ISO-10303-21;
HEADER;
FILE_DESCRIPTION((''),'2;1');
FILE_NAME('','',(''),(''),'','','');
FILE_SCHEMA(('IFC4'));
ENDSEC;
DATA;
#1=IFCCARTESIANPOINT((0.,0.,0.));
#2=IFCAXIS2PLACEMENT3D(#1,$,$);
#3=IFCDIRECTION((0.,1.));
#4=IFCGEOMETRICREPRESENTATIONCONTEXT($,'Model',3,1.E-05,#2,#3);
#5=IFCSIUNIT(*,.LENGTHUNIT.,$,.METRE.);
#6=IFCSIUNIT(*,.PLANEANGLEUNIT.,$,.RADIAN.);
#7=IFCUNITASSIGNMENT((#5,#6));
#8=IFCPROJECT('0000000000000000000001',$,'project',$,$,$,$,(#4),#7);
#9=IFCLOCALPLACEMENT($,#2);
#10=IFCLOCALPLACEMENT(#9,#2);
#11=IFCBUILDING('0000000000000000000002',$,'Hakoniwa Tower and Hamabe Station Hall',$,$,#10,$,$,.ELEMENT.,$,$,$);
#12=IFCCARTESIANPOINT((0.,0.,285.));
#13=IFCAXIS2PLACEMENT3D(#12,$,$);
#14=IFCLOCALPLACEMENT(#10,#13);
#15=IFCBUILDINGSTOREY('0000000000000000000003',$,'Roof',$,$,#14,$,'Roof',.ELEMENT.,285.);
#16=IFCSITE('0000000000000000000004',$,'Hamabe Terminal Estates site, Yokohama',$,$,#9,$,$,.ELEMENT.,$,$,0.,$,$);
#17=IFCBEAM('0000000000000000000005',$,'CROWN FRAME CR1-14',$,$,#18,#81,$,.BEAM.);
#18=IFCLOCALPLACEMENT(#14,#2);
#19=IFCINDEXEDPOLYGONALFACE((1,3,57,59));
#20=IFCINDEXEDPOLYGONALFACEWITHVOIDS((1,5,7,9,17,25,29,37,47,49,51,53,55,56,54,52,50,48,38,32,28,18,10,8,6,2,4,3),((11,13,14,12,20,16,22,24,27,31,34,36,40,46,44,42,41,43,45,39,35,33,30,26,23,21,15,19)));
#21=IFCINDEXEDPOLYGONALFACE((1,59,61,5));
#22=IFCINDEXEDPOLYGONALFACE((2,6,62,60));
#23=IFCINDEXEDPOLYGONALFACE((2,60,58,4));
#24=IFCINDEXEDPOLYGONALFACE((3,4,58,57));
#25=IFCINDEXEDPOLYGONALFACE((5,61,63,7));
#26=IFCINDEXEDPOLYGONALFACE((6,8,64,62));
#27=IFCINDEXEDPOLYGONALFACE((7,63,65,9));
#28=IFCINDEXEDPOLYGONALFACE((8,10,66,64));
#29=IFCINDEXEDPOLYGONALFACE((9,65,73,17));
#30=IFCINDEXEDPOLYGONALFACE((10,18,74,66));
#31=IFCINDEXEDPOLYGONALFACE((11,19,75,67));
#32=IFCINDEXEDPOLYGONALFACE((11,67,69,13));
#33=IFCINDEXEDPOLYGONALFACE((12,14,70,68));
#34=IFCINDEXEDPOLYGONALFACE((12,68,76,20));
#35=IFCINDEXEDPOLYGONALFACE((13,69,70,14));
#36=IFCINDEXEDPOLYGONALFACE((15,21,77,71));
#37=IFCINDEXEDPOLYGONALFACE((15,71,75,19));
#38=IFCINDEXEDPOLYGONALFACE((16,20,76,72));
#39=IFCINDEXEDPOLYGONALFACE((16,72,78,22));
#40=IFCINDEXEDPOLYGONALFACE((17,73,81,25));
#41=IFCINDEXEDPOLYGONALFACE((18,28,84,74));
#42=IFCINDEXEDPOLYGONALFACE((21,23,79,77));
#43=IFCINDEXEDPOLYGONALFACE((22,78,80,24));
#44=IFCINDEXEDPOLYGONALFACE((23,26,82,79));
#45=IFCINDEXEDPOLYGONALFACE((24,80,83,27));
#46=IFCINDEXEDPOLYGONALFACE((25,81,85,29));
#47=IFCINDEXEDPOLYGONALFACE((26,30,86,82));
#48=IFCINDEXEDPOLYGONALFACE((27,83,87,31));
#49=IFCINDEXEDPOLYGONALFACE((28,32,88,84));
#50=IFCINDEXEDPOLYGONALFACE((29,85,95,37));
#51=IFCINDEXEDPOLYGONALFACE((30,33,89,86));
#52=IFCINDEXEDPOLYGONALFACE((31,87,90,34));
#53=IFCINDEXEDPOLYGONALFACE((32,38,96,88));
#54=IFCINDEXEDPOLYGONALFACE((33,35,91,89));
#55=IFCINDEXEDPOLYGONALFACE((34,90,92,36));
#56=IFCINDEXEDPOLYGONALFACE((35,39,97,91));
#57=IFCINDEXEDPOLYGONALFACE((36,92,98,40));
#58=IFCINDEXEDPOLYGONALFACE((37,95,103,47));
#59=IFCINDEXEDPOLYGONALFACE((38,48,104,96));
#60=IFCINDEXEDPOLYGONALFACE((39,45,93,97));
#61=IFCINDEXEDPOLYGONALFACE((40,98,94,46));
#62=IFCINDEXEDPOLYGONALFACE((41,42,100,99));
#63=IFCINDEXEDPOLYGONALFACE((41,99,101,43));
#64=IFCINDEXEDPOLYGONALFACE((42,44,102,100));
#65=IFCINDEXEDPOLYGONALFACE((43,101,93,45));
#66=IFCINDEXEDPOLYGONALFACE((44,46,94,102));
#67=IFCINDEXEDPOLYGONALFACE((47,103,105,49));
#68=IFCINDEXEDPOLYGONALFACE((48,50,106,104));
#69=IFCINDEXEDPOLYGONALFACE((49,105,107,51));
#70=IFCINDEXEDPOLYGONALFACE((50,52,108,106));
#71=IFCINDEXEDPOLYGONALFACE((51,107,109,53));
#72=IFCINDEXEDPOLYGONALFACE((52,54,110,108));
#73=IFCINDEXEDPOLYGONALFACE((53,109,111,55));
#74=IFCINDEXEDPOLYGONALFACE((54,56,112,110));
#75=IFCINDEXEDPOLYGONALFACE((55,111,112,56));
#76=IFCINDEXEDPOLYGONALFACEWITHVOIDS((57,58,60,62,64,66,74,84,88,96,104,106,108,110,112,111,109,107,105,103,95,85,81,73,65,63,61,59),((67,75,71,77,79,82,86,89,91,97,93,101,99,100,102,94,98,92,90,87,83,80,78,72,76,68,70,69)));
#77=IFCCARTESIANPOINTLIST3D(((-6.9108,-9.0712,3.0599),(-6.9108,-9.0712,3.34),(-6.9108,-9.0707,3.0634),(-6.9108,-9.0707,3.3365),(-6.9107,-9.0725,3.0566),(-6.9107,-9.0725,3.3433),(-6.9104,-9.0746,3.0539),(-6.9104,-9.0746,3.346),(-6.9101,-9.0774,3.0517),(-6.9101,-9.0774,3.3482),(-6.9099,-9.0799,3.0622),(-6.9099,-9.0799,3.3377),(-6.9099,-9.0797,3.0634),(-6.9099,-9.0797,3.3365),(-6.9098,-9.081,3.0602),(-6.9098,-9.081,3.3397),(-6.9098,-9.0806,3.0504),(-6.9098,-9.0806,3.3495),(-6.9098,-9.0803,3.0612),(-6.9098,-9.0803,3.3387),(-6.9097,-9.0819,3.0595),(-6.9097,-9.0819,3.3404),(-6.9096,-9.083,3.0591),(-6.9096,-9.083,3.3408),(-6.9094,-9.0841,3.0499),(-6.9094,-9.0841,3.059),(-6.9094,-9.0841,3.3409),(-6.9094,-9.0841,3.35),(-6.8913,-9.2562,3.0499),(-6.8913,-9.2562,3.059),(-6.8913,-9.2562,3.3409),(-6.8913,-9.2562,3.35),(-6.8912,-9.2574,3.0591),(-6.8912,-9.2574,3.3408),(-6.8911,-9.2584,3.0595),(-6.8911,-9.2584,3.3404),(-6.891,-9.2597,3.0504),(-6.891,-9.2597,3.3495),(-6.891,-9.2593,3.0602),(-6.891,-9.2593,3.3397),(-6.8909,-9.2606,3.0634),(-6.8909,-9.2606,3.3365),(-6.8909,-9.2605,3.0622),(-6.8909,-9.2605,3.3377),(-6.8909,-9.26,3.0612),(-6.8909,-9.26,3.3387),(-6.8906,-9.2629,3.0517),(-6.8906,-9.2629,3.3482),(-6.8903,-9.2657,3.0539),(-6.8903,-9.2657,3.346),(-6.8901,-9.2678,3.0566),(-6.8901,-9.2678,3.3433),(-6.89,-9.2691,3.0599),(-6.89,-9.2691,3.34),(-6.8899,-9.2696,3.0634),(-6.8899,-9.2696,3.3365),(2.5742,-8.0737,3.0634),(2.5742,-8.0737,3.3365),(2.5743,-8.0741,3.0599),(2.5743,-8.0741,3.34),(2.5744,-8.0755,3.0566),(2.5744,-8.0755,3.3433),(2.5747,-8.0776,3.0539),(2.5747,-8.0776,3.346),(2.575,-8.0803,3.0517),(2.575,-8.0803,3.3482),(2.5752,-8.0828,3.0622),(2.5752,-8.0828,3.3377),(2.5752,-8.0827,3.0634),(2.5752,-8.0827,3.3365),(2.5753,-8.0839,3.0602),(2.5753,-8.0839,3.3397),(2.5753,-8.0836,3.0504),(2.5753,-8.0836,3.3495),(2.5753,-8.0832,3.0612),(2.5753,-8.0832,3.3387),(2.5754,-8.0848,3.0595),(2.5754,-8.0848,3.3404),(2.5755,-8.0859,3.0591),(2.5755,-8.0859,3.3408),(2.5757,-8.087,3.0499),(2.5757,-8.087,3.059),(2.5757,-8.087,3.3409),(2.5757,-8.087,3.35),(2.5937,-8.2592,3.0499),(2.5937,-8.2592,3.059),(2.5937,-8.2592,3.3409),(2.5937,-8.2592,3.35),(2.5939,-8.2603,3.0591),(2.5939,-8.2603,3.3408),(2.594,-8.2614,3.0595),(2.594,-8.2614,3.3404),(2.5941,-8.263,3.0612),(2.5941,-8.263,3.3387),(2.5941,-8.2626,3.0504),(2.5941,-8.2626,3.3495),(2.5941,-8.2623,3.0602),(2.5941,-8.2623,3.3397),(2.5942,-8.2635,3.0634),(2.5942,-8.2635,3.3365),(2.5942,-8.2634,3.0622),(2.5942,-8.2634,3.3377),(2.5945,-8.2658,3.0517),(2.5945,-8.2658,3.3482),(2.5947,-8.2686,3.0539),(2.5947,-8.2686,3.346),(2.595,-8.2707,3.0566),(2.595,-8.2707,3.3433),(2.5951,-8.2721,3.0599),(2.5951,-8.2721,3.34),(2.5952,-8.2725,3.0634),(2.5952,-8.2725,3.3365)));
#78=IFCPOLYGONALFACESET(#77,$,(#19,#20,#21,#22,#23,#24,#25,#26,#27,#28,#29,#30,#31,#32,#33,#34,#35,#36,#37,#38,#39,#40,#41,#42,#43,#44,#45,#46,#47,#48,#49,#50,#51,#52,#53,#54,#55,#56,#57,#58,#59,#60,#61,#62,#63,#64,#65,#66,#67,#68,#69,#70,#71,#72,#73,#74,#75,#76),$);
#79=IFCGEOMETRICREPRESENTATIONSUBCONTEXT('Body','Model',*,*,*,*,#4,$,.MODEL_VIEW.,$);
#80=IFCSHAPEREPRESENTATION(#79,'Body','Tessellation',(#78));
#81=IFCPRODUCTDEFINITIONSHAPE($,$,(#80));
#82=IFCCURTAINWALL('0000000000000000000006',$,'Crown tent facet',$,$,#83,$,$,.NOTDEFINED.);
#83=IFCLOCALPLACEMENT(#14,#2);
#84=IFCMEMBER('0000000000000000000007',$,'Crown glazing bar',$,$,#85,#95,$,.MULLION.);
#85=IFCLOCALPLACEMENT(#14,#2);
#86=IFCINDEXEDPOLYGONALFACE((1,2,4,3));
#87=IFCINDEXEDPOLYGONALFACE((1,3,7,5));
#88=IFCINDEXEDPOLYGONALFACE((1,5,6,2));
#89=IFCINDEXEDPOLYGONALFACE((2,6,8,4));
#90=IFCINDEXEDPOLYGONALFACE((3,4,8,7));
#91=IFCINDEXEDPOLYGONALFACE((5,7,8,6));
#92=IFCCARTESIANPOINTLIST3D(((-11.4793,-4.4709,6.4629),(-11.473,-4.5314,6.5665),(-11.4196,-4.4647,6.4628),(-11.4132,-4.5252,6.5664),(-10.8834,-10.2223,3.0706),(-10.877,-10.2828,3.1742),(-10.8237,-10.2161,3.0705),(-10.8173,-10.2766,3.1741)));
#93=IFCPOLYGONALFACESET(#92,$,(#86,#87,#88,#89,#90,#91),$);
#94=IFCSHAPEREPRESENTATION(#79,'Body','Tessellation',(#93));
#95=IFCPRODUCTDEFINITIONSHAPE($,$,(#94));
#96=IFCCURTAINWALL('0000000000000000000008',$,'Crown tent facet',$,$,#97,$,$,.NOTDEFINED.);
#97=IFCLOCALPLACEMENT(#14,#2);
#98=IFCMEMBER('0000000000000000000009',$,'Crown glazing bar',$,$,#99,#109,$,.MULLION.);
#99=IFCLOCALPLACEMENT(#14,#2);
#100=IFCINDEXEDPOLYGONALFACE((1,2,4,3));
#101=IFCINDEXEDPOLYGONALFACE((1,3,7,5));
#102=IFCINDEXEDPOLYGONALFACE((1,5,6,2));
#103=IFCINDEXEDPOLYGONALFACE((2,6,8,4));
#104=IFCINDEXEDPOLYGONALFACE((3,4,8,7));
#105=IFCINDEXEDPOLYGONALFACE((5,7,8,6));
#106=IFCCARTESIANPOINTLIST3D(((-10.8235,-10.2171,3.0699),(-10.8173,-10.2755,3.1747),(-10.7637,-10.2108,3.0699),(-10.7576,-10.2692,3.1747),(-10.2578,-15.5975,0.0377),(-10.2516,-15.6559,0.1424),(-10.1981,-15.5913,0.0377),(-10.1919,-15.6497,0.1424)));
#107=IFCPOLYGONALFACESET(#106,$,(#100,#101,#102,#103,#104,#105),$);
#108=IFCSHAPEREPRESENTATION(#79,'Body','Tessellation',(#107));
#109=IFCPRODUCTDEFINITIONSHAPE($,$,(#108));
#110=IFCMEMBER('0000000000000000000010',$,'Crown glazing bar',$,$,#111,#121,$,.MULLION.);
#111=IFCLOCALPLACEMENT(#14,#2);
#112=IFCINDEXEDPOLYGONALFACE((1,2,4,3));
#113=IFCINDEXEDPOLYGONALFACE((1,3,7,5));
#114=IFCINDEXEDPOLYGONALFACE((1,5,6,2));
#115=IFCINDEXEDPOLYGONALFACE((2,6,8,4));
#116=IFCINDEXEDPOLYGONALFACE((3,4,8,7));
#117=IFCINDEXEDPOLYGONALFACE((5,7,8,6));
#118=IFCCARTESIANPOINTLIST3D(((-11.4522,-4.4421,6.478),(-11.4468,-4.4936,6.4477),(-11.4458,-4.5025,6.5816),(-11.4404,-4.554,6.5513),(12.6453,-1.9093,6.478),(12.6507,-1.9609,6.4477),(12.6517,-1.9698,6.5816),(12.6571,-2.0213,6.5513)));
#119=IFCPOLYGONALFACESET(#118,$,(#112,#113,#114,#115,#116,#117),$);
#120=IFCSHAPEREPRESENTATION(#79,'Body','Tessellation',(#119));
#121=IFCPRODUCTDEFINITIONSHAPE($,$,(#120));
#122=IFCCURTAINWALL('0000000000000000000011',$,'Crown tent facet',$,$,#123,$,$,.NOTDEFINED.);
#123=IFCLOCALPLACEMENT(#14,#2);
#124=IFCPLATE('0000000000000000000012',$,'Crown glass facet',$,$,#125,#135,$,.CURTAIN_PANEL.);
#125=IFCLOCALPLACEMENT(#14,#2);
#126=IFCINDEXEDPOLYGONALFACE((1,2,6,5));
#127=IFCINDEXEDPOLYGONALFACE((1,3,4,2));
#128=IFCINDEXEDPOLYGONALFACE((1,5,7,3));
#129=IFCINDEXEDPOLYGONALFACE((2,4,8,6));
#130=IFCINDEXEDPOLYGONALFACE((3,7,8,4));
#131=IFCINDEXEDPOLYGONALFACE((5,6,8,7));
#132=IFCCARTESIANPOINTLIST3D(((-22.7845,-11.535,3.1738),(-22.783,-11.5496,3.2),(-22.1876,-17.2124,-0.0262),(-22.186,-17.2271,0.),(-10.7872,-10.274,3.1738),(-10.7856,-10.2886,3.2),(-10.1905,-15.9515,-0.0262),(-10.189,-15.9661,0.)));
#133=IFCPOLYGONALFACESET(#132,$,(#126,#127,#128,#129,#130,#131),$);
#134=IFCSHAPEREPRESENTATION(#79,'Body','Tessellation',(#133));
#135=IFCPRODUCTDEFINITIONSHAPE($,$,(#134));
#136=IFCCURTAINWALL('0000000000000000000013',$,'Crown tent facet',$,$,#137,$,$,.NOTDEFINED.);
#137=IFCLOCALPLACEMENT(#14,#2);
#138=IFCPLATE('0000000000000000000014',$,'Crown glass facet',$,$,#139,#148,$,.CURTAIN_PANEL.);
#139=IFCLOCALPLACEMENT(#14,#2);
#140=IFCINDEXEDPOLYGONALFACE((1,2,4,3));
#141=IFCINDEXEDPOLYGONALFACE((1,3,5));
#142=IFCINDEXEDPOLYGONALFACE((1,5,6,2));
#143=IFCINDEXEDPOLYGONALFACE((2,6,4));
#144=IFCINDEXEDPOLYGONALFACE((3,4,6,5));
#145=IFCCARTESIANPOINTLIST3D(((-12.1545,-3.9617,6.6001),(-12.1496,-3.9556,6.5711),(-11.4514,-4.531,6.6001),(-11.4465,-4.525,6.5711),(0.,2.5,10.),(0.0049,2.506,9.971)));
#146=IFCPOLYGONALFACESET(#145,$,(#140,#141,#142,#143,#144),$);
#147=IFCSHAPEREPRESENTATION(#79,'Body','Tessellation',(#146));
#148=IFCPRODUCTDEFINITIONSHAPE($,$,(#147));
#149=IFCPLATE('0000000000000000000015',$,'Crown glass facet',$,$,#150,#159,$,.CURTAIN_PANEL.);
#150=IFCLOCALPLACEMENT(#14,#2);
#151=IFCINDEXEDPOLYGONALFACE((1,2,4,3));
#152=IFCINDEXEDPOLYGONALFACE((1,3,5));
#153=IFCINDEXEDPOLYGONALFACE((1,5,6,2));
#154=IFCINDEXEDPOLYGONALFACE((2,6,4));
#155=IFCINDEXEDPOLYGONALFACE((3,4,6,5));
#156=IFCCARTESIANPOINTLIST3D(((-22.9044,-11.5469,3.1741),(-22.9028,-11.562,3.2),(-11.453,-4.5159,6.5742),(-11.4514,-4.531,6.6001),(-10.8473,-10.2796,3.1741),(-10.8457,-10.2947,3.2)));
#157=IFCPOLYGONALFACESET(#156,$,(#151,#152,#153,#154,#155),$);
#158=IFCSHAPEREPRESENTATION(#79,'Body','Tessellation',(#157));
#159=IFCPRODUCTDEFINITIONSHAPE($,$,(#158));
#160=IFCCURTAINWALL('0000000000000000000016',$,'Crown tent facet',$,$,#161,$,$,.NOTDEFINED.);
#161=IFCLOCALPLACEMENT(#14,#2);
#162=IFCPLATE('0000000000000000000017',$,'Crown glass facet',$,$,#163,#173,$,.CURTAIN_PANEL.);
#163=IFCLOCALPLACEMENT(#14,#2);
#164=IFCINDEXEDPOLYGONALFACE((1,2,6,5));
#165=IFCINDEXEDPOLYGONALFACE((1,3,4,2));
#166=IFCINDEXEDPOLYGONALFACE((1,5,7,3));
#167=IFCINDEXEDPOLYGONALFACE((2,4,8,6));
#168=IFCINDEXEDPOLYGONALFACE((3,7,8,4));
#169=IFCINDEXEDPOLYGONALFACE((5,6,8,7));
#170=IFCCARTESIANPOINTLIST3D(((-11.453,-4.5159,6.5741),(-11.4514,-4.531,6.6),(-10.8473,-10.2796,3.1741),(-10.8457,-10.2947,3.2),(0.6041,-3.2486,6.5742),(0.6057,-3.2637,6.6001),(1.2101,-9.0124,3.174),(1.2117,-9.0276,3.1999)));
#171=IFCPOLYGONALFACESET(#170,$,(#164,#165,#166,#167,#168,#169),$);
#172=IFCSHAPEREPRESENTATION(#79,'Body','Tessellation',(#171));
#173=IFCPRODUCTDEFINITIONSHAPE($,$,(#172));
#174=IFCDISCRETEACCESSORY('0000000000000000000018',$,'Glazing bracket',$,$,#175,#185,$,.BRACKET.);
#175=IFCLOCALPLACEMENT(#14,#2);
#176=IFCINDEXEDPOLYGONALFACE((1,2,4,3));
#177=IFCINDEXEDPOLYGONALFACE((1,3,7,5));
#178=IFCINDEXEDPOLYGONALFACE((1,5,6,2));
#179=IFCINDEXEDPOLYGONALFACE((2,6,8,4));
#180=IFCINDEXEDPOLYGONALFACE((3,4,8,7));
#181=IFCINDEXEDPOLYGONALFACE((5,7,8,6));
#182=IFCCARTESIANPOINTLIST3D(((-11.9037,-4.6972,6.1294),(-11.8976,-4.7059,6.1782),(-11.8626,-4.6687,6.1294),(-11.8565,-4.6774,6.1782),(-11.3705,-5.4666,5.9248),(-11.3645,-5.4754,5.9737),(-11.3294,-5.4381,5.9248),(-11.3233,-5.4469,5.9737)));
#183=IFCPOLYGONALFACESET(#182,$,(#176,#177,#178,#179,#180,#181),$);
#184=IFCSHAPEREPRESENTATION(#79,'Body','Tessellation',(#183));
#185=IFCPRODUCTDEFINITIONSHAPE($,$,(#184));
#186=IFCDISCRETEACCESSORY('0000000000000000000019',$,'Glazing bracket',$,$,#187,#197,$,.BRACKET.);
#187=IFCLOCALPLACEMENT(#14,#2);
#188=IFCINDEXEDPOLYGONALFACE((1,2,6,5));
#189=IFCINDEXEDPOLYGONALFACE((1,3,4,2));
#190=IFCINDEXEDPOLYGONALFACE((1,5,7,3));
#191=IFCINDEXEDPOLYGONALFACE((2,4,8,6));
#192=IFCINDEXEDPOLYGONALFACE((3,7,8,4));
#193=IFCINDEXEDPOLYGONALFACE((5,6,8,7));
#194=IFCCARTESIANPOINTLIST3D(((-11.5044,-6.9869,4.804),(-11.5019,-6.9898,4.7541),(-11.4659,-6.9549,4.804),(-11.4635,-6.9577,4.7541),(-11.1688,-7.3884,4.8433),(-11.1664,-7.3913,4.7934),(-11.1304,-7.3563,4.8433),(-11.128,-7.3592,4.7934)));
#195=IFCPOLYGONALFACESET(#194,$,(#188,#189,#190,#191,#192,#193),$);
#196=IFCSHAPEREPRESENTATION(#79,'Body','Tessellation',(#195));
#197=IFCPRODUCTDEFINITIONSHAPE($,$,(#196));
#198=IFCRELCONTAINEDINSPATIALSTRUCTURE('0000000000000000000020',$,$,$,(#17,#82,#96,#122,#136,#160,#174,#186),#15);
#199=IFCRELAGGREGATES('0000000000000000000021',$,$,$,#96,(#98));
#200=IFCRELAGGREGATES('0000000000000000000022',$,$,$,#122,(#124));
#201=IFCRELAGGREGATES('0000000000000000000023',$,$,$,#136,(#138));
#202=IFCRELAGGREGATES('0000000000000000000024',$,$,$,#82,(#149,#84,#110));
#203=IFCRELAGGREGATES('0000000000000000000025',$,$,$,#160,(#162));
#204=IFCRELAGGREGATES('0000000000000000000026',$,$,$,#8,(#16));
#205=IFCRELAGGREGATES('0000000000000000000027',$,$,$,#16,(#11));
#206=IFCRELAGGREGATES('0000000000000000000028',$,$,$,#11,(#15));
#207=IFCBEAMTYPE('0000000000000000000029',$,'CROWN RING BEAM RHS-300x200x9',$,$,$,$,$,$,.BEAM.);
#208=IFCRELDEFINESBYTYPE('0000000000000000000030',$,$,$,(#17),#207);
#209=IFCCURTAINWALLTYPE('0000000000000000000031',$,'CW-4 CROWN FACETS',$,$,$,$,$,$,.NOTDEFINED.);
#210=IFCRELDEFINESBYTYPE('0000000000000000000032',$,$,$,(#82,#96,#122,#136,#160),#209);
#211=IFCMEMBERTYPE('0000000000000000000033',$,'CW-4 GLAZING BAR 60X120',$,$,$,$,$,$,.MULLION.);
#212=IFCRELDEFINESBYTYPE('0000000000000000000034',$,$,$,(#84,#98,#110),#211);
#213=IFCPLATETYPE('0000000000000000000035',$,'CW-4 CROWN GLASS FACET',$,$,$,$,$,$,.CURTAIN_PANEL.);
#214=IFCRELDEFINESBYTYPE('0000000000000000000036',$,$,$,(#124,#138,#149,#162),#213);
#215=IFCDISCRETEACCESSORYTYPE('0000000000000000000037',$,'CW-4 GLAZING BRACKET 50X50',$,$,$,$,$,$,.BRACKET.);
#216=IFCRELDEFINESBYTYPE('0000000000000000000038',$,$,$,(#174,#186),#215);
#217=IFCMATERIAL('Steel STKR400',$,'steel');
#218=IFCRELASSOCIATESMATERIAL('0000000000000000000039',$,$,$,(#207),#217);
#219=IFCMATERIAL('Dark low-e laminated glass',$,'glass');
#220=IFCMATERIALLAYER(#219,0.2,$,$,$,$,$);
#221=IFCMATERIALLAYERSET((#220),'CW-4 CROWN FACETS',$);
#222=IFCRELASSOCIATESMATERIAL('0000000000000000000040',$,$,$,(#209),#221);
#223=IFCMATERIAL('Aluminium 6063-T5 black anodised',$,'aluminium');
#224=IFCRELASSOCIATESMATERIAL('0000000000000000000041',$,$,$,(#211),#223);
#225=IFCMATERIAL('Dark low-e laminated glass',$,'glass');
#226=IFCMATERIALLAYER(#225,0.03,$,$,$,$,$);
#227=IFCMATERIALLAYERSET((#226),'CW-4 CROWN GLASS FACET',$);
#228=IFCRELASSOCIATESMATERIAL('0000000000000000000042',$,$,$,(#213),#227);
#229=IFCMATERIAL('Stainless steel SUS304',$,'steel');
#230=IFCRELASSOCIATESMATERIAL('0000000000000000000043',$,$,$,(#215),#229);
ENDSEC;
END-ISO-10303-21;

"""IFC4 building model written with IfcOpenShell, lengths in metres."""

from ifc_helpers import new_model, si_unit, direction, frame, origin, origin_2d, place, context, subcontext, project, spatial, polyline, rectangle, hollow_rectangle, outline, extrude, material, layer, layer_set, material_profile, profile_set, type_object, element, aggregate, save


model = new_model("IFC4")

# Units and contexts
model_context = context("Model", 3, precision=1e-05, world=origin(), true_north=direction((0.0, 1.0)))
body_context = subcontext(model_context, "Body", "Model", "MODEL_VIEW")
ifc_project = project(units=[si_unit("LENGTHUNIT", "METRE"), si_unit("PLANEANGLEUNIT", "RADIAN")], contexts=[model_context])

# Site, building, storey
site_placement = place(None, origin())
site = spatial("IfcSite", under=ifc_project, at=site_placement, Name="Hamabe Terminal Estates site, Yokohama", CompositionType="ELEMENT", RefElevation=0.0)
building_placement = place(site_placement, origin())
building = spatial("IfcBuilding", under=site, at=building_placement, Name="Hakoniwa Tower and Hamabe Station Hall", CompositionType="ELEMENT")
storey_placement = place(building_placement, frame((0.0, 0.0, 285.0)))
storey = spatial("IfcBuildingStorey", under=building, at=storey_placement, Name="Roof", LongName="Roof", CompositionType="ELEMENT", Elevation=285.0)

# Beam
ifc_material_1 = material(Name="Steel STKR400", Category="steel")
ifc_material_profile_1 = material_profile(ifc_material_1, hollow_rectangle(XDim=0.2, YDim=0.3, WallThickness=0.009, InnerFilletRadius=0.0044, OuterFilletRadius=0.0134, at=origin_2d()), Name="RHS-300x200x9")
ifc_profile_set_1 = profile_set([ifc_material_profile_1], Name="Steel STKR400")
beam_type = type_object("IfcBeamType", Name="CROWN RING BEAM RHS-300x200x9", PredefinedType="BEAM", material=ifc_profile_set_1)
beam_1_placement = place(storey_placement, frame((-6.9004, -9.1702, 3.2), z_axis=(0.99452, 0.104544, 0.0), x_axis=(-0.104544, 0.99452, 0.0)))
element("IfcBeam", 1, at=beam_1_placement, inside=storey, type_object=beam_type, Name="CROWN FRAME CR1-14", PredefinedType="BEAM", context=body_context, shape_type="SweptSolid", body=[
    extrude(hollow_rectangle(XDim=0.2, YDim=0.3, WallThickness=0.009, InnerFilletRadius=0.0044, OuterFilletRadius=0.0134, at=origin_2d()), origin(), (0.0, 0.0, 1.0), 9.5374),
])

# Curtain walls, members
ifc_material_2 = material(Name="Dark low-e laminated glass", Category="glass")
ifc_layer_1 = layer(ifc_material_2, 0.2)
ifc_layer_set_1 = layer_set([ifc_layer_1], Name="CW-4 CROWN FACETS")
curtain_wall_type = type_object("IfcCurtainWallType", Name="CW-4 CROWN FACETS", PredefinedType="NOTDEFINED", material=ifc_layer_set_1)
curtain_wall_1_placement = place(storey_placement, origin())
curtain_wall_1 = element("IfcCurtainWall", 2, at=curtain_wall_1_placement, inside=storey, type_object=curtain_wall_type, Name="Crown tent facet", PredefinedType="NOTDEFINED")
ifc_material_3 = material(Name="Aluminium 6063-T5 black anodised", Category="aluminium")
ifc_material_profile_2 = material_profile(ifc_material_3, rectangle(XDim=0.0601, YDim=0.1201, at=origin_2d()), Name="CW-4 GLAZING BAR 60X120")
ifc_profile_set_2 = profile_set([ifc_material_profile_2], Name="Aluminium 6063-T5 black anodised")
member_type_1 = type_object("IfcMemberType", Name="CW-4 GLAZING BAR 60X120", PredefinedType="MULLION", material=ifc_profile_set_2)
member_1_placement = place(storey_placement, frame((-11.4463, -4.498, 6.5146), z_axis=(0.088895, -0.857927, -0.506023), x_axis=(0.994635, 0.103441, -0.000644)))
member_1 = element("IfcMember", 3, at=member_1_placement, type_object=member_type_1, Name="Crown glazing bar", PredefinedType="MULLION", context=body_context, shape_type="SweptSolid", body=[
    extrude(rectangle(XDim=0.0601, YDim=0.1201, at=origin_2d()), origin(), (0.0, 0.0, 1.0), 6.7039),
])
curtain_wall_2_placement = place(storey_placement, origin())
curtain_wall_2 = element("IfcCurtainWall", 4, at=curtain_wall_2_placement, inside=storey, type_object=curtain_wall_type, Name="Crown tent facet", PredefinedType="NOTDEFINED")
member_2_placement = place(storey_placement, frame((-10.7905, -10.2432, 3.1223), z_axis=(0.091211, -0.867545, -0.488924), x_axis=(0.994519, 0.10456, 0.0)))
member_2 = element("IfcMember", 5, at=member_2_placement, type_object=member_type_1, Name="Crown glazing bar", PredefinedType="MULLION", context=body_context, shape_type="SweptSolid", body=[
    extrude(rectangle(XDim=0.0601, YDim=0.1201, at=origin_2d()), origin(), (0.0, 0.0, 1.0), 6.2019),
])
aggregate(curtain_wall_2, [member_2])

# Member
member_3_placement = place(storey_placement, frame((-11.4463, -4.498, 6.5146), z_axis=(0.994522, 0.104527, 0.0), x_axis=(-0.090158, 0.857802, 0.506012)))
member_3 = element("IfcMember", 6, at=member_3_placement, type_object=member_type_1, Name="Crown glazing bar", PredefinedType="MULLION", context=body_context, shape_type="SweptSolid", body=[
    extrude(rectangle(XDim=0.0601, YDim=0.1201, at=origin_2d()), origin(), (0.0, 0.0, 1.0), 24.2302),
])

# Curtain walls, plates
curtain_wall_3_placement = place(storey_placement, origin())
curtain_wall_3 = element("IfcCurtainWall", 7, at=curtain_wall_3_placement, inside=storey, type_object=curtain_wall_type, Name="Crown tent facet", PredefinedType="NOTDEFINED")
ifc_material_4 = material(Name="Dark low-e laminated glass", Category="glass")
ifc_layer_2 = layer(ifc_material_4, 0.03)
ifc_layer_set_2 = layer_set([ifc_layer_2], Name="CW-4 CROWN GLASS FACET")
plate_type = type_object("IfcPlateType", Name="CW-4 CROWN GLASS FACET", PredefinedType="CURTAIN_PANEL", material=ifc_layer_set_2)
plate_1_placement = place(storey_placement, frame((-10.7856, -10.2886, 3.2), z_axis=(0.051111, -0.486278, 0.872308), x_axis=(0.091174, -0.86753, -0.488957)))
plate_1 = element("IfcPlate", 8, at=plate_1_placement, type_object=plate_type, Name="Crown glass facet", PredefinedType="CURTAIN_PANEL", context=body_context, shape_type="SweptSolid", body=[
    extrude(outline(polyline([(0.0, 0.0), (6.5444, 0.0), (6.5446, -12.0632), (0.0001, -12.0634), (0.0, 0.0)])), origin(), (0.0, 0.0, -1.0), 0.03),
])
aggregate(curtain_wall_3, [plate_1])
curtain_wall_4_placement = place(storey_placement, origin())
curtain_wall_4 = element("IfcCurtainWall", 9, at=curtain_wall_4_placement, inside=storey, type_object=curtain_wall_type, Name="Crown tent facet", PredefinedType="NOTDEFINED")
plate_2_placement = place(storey_placement, frame((-11.4514, -4.531, 6.6001), z_axis=(-0.163089, -0.201414, 0.965834), x_axis=(-0.777169, 0.629291, 0.0)))
plate_2 = element("IfcPlate", 10, at=plate_2_placement, type_object=plate_type, Name="Crown glass facet", PredefinedType="CURTAIN_PANEL", context=body_context, shape_type="SweptSolid", body=[
    extrude(outline(polyline([(0.0, 0.0), (0.9047, 0.0), (-4.4751, -13.1188), (0.0, 0.0)])), origin(), (0.0, 0.0, -1.0), 0.03),
])
aggregate(curtain_wall_4, [plate_2])

# Plate
plate_3_placement = place(storey_placement, frame((-11.4514, -4.531, 6.6001), z_axis=(0.052898, -0.503261, 0.862514), x_axis=(0.090146, -0.85779, -0.506034)))
plate_3 = element("IfcPlate", 11, at=plate_3_placement, type_object=plate_type, Name="Crown glass facet", PredefinedType="CURTAIN_PANEL", context=body_context, shape_type="SweptSolid", body=[
    extrude(outline(polyline([(0.0, 0.0), (6.7192, 0.0), (6.7194, -12.1236), (0.0, 0.0)])), origin(), (0.0, 0.0, -1.0), 0.03),
])
aggregate(curtain_wall_1, [plate_3, member_1, member_3])

# Curtain wall, plate
curtain_wall_5_placement = place(storey_placement, origin())
curtain_wall_5 = element("IfcCurtainWall", 12, at=curtain_wall_5_placement, inside=storey, type_object=curtain_wall_type, Name="Crown tent facet", PredefinedType="NOTDEFINED")
plate_4_placement = place(storey_placement, frame((-10.8457, -10.2947, 3.2), z_axis=(0.052892, -0.503253, 0.862519), x_axis=(-0.090147, 0.857795, 0.506025)))
plate_4 = element("IfcPlate", 13, at=plate_4_placement, type_object=plate_type, Name="Crown glass facet", PredefinedType="CURTAIN_PANEL", context=body_context, shape_type="SweptSolid", body=[
    extrude(outline(polyline([(0.0, 0.0), (6.7192, 0.0), (6.7194, -12.1236), (0.0, -12.1238), (0.0, 0.0)])), origin(), (0.0, 0.0, -1.0), 0.03),
])
aggregate(curtain_wall_5, [plate_4])

# Discrete accessories
ifc_material_5 = material(Name="Stainless steel SUS304", Category="steel")
ifc_material_profile_3 = material_profile(ifc_material_5, rectangle(XDim=0.05, YDim=0.05, at=origin_2d()), Name="CW-4 GLAZING BRACKET 50X50")
ifc_profile_set_3 = profile_set([ifc_material_profile_3], Name="Stainless steel SUS304")
discrete_accessory_type = type_object("IfcDiscreteAccessoryType", Name="CW-4 GLAZING BRACKET 50X50", PredefinedType="BRACKET", material=ifc_profile_set_3)
discrete_accessory_1_placement = place(storey_placement, frame((-11.3469, -5.4568, 5.9492), z_axis=(-0.556405, 0.803016, 0.213492), x_axis=(-0.821967, -0.569535, 0.0)))
element("IfcDiscreteAccessory", 14, at=discrete_accessory_1_placement, inside=storey, type_object=discrete_accessory_type, Name="Glazing bracket", PredefinedType="BRACKET", context=body_context, shape_type="SweptSolid", body=[
    extrude(rectangle(XDim=0.05, YDim=0.05, at=origin_2d()), origin(), (0.0, 0.0, 1.0), 0.9583),
])
discrete_accessory_2_placement = place(storey_placement, frame((-11.1484, -7.3738, 4.8184), z_axis=(-0.639483, 0.765145, -0.074932), x_axis=(-0.767302, -0.641286, 0.0)))
element("IfcDiscreteAccessory", 15, at=discrete_accessory_2_placement, inside=storey, type_object=discrete_accessory_type, Name="Glazing bracket", PredefinedType="BRACKET", context=body_context, shape_type="SweptSolid", body=[
    extrude(rectangle(XDim=0.05, YDim=0.05, at=origin_2d()), origin(), (0.0, 0.0, 1.0), 0.5247),
])

save(model, "model.ifc")
